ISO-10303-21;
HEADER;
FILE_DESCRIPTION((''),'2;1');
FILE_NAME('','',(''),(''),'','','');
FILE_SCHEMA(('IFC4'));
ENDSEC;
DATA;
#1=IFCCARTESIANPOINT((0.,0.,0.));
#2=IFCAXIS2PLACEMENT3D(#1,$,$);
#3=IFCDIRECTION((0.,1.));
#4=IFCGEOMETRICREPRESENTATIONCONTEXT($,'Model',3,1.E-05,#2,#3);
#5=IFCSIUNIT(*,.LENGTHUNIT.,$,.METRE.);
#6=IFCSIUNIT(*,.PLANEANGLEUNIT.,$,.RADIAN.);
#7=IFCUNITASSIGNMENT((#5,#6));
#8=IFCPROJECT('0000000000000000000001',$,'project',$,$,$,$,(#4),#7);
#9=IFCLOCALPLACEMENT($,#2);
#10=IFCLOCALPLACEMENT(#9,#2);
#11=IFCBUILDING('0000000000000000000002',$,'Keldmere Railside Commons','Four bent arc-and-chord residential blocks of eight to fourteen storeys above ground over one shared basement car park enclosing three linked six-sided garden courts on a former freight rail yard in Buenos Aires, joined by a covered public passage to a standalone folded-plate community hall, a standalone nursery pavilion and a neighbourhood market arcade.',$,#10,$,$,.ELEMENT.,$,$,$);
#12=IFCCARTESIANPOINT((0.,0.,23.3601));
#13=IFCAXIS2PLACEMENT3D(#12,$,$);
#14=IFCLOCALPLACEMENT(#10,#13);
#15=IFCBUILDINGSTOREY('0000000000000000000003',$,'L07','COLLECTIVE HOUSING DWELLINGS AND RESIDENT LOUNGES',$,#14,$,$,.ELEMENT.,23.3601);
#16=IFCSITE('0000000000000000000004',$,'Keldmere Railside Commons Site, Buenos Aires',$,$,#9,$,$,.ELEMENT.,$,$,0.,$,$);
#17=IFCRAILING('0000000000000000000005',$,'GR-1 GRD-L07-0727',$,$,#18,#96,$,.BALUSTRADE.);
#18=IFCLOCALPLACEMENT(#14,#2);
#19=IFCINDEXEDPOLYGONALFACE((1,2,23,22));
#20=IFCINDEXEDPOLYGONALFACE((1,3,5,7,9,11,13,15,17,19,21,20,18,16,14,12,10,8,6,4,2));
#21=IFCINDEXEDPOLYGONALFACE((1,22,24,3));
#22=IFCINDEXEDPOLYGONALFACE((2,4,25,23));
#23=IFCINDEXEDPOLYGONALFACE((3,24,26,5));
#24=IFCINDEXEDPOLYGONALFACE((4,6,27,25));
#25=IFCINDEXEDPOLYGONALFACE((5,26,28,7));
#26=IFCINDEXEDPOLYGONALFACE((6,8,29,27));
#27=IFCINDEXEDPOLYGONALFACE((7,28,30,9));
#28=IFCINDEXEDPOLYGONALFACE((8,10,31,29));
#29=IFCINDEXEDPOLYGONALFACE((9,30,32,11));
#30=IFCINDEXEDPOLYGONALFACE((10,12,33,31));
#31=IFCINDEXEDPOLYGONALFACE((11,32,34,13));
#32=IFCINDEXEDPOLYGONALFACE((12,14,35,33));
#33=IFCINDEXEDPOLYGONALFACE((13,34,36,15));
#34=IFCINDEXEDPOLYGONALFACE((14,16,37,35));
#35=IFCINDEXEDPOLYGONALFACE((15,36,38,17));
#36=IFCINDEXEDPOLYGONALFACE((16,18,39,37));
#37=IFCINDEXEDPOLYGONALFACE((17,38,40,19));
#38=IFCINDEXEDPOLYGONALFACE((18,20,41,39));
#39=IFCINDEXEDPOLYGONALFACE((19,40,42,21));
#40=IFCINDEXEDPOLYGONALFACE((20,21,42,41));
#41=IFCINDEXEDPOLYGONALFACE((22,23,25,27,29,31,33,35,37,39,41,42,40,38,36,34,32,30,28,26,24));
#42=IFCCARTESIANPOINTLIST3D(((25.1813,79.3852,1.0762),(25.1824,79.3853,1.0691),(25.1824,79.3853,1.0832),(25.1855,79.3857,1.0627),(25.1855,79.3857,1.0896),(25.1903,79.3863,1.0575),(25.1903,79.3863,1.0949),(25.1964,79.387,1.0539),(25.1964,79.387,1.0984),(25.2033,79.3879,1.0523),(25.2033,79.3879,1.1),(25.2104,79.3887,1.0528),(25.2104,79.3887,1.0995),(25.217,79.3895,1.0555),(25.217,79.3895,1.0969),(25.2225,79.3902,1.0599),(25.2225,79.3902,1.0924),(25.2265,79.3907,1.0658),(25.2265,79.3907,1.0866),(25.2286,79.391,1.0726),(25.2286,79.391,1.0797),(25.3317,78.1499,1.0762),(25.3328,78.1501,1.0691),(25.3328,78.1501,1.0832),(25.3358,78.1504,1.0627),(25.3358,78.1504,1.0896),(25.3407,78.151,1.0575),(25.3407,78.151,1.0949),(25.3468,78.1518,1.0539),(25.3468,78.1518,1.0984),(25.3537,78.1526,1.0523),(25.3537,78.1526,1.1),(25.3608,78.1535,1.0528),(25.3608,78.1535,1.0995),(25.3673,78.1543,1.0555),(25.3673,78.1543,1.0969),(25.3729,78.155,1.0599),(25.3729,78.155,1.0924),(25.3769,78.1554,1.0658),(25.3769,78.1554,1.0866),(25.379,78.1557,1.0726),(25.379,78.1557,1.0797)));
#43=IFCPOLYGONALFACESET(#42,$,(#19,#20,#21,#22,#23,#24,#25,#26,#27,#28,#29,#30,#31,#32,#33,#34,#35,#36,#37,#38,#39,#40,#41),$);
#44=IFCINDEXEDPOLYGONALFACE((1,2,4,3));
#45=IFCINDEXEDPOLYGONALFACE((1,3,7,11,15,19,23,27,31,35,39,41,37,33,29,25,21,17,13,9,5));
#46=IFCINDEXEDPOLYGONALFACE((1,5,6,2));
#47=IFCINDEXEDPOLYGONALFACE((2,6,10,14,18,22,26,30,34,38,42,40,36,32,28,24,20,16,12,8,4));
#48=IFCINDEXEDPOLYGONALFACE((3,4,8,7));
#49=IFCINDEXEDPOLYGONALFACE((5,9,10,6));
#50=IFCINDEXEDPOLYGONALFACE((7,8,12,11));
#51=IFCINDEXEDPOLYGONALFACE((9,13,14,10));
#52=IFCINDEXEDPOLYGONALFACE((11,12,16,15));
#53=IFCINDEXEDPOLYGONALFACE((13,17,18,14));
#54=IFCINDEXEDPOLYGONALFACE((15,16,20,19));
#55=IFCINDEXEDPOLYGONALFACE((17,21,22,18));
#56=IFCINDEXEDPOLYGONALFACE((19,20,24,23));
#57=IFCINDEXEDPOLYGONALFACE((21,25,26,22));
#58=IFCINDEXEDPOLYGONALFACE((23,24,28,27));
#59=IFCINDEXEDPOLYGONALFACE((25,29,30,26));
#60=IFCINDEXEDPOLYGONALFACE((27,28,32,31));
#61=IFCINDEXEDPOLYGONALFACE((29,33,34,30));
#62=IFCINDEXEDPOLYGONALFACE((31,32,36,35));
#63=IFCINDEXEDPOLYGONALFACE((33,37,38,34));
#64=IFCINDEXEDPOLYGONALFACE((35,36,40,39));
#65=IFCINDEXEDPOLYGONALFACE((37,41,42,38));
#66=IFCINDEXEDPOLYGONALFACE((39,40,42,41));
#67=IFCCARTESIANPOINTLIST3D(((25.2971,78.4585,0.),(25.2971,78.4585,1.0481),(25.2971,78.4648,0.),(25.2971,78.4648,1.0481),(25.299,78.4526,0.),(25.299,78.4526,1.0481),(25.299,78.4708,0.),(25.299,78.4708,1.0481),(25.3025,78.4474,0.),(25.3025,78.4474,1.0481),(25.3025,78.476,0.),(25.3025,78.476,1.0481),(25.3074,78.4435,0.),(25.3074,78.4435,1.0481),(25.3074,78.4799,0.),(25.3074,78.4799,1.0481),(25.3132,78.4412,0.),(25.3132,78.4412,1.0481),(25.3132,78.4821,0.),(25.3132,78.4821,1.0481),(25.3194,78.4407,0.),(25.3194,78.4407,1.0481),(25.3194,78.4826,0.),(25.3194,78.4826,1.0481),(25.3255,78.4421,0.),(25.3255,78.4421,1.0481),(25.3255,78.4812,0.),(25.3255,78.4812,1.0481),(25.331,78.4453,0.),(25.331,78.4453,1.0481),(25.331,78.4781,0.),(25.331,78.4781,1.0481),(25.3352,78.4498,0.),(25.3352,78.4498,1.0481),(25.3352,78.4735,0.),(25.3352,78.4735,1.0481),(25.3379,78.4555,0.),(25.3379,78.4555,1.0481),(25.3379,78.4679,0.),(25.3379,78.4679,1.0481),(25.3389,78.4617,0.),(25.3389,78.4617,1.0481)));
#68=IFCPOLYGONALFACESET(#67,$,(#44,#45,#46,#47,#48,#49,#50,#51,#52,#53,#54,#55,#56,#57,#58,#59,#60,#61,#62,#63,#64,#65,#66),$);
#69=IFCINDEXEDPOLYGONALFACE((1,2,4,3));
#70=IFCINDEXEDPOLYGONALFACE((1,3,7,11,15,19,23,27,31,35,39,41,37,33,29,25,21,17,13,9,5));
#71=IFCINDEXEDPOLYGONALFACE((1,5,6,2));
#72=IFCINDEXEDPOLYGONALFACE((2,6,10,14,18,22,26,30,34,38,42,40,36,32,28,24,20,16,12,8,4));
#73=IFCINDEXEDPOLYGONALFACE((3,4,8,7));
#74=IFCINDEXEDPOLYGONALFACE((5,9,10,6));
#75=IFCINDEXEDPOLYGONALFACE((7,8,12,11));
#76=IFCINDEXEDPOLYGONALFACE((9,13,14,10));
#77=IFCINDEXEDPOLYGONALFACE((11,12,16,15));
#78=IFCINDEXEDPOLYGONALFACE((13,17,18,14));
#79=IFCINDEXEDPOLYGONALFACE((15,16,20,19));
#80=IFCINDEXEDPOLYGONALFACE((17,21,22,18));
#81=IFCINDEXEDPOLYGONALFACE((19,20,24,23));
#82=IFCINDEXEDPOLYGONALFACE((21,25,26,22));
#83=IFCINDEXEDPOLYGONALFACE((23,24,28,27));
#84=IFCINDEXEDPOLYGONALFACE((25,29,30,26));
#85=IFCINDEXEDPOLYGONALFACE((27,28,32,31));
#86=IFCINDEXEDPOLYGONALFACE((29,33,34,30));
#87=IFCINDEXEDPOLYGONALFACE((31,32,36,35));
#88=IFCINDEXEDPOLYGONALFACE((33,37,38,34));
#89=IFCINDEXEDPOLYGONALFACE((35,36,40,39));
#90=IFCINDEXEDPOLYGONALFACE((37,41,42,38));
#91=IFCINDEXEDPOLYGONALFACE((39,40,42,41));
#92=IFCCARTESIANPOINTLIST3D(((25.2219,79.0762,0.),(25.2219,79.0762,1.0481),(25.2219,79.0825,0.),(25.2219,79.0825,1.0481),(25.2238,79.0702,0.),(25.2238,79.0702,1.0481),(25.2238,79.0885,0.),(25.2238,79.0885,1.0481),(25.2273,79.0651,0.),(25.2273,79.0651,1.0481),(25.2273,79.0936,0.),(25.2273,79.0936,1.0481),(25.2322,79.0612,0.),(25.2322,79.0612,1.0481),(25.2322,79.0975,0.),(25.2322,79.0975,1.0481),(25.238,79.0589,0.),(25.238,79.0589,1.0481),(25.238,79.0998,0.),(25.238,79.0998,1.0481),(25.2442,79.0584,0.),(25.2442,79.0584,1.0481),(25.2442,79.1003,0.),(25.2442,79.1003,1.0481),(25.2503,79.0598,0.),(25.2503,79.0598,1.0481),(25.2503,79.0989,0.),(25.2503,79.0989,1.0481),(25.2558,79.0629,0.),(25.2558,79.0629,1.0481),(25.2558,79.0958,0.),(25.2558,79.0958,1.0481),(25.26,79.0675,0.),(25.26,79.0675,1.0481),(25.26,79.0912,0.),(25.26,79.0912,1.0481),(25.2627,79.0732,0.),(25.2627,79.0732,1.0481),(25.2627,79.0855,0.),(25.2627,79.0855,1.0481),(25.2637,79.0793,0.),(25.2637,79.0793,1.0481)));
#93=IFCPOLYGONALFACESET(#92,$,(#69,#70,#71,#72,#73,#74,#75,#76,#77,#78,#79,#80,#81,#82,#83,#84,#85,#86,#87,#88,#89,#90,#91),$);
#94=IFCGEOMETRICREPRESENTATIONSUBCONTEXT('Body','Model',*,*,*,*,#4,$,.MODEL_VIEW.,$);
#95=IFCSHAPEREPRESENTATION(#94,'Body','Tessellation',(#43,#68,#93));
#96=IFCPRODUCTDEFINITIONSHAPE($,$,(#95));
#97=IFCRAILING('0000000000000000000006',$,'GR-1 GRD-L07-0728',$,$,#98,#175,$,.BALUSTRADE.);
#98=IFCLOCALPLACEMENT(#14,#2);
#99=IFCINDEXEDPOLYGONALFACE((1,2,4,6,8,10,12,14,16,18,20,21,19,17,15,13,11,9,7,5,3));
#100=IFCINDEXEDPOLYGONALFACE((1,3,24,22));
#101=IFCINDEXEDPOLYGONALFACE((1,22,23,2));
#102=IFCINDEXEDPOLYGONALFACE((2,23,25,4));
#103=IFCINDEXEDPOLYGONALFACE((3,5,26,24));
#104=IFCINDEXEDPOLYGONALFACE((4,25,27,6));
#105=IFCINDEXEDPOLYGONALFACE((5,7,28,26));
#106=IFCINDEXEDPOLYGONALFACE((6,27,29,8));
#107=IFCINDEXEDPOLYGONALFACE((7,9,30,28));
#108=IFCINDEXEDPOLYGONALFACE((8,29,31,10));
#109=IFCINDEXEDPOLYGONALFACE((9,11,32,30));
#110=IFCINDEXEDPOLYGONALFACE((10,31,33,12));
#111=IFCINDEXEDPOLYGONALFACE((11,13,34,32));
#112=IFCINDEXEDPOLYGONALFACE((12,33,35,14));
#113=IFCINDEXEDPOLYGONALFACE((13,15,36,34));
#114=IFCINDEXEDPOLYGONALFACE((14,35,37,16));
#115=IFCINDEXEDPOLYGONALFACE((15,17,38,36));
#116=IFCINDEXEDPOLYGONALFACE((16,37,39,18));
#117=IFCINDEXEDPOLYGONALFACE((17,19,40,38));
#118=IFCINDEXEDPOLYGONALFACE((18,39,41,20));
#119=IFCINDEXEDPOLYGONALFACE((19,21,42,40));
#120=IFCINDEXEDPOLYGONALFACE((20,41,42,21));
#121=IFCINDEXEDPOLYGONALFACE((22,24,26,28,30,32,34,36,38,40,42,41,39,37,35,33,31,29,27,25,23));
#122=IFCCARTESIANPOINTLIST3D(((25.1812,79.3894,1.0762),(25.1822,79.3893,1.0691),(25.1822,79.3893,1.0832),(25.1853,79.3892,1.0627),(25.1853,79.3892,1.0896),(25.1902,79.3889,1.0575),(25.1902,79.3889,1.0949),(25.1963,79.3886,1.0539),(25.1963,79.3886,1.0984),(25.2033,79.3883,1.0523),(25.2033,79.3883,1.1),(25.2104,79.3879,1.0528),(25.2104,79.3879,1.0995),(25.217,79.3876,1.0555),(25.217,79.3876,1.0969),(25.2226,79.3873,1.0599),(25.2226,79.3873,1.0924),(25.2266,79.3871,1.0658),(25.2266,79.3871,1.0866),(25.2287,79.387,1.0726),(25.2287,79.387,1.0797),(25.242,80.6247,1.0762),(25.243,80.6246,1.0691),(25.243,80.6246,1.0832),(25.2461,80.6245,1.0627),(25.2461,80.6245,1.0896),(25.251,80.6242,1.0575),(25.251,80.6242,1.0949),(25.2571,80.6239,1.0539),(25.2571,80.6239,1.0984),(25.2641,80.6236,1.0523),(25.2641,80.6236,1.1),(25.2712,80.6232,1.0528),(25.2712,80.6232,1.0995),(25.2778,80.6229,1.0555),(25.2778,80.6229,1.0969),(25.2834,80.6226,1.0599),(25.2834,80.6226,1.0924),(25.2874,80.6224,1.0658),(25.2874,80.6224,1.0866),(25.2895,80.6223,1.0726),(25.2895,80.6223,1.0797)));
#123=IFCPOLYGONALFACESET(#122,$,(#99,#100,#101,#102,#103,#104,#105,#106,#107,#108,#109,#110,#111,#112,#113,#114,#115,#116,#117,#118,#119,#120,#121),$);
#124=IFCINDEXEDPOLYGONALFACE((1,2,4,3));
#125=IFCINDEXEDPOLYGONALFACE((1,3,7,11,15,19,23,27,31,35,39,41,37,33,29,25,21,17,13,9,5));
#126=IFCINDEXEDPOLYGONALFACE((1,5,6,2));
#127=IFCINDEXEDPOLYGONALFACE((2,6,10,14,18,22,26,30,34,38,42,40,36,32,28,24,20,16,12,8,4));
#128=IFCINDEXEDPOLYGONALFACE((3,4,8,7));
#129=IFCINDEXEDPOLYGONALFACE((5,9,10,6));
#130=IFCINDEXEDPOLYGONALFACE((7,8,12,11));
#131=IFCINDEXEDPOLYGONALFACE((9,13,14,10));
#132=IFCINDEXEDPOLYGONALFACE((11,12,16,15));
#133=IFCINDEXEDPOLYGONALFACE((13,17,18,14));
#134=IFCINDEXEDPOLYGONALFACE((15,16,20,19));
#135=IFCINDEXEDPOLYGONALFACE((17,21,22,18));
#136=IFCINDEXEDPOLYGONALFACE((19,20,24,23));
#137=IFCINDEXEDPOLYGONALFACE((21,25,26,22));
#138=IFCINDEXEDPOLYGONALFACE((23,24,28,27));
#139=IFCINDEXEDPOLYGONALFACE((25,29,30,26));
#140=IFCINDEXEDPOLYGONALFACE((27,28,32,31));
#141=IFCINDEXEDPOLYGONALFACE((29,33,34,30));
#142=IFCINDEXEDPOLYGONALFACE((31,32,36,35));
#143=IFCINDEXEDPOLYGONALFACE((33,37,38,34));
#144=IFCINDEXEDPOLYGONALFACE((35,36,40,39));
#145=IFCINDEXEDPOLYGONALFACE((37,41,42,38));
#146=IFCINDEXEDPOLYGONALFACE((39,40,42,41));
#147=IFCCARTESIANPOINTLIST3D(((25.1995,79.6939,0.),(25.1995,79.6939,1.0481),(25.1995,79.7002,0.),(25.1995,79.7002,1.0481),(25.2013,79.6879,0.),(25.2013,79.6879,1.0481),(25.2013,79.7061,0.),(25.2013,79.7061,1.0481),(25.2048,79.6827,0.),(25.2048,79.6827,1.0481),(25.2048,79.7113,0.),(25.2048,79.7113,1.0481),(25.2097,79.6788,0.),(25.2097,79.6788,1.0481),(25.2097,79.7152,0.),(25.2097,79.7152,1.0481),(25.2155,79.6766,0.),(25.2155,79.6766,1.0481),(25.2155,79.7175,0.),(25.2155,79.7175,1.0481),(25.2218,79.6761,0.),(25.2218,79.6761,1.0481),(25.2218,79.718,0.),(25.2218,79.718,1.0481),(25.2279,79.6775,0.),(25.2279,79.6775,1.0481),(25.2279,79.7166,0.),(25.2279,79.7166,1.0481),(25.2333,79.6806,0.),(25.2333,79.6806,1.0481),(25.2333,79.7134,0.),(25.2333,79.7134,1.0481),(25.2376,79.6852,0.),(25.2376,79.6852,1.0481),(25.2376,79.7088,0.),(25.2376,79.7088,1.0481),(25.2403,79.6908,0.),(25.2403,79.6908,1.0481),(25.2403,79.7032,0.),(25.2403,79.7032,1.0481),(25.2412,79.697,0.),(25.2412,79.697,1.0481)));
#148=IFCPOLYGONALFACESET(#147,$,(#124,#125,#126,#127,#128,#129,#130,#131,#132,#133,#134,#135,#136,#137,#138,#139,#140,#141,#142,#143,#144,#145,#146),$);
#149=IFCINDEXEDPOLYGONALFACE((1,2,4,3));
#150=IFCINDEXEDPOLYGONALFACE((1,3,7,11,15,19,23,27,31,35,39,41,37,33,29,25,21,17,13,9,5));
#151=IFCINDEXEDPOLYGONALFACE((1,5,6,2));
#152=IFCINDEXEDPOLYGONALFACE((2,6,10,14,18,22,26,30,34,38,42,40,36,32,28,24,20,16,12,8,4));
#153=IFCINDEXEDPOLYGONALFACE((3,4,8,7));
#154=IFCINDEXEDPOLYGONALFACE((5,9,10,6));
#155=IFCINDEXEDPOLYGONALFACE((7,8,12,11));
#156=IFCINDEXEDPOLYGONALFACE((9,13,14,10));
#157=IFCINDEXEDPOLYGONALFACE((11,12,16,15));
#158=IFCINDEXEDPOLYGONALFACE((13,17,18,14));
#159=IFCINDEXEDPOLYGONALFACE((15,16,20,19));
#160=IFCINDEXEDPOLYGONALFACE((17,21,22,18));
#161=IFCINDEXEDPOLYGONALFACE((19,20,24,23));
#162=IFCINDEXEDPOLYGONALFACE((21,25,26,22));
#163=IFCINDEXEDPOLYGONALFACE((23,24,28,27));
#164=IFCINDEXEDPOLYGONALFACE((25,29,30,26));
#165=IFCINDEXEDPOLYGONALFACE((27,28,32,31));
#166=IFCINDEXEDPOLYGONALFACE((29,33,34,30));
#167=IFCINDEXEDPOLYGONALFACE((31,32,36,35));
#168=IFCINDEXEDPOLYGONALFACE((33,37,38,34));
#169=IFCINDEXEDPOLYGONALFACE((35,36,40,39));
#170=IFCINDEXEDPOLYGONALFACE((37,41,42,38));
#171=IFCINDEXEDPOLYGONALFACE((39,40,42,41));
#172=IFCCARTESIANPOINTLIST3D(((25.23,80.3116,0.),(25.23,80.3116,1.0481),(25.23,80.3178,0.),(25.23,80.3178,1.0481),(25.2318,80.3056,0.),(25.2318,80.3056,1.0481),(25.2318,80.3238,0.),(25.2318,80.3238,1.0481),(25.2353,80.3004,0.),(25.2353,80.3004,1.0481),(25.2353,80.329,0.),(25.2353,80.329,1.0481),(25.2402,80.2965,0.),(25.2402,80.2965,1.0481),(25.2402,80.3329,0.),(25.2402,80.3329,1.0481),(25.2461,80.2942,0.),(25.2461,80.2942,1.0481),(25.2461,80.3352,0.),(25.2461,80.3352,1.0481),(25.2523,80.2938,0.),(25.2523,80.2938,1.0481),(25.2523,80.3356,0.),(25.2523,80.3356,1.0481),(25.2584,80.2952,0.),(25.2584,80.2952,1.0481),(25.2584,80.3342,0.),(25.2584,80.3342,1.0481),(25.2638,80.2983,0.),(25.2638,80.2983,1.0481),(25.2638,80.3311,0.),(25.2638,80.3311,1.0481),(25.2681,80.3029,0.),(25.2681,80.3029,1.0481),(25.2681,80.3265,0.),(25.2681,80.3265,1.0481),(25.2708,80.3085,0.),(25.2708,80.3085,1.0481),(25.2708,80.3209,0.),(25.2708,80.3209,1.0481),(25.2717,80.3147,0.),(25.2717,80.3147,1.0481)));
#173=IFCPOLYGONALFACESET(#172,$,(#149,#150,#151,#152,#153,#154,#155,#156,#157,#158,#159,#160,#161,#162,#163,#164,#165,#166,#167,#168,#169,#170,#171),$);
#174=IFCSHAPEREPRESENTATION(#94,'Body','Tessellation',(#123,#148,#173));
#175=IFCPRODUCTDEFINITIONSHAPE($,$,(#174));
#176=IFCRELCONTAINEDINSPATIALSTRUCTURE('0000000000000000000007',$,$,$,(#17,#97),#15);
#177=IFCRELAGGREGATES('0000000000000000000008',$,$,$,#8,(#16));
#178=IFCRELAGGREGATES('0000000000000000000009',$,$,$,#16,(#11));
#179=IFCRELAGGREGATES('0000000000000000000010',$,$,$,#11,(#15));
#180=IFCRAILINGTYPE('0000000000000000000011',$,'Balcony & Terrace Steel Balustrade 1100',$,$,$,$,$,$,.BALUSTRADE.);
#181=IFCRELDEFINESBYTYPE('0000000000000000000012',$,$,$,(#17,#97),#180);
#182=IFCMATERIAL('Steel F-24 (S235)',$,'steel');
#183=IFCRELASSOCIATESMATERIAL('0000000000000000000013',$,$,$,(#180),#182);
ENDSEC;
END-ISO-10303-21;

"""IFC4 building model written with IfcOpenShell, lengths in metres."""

from ifc_helpers import new_model, si_unit, direction, frame, origin, origin_2d, place, context, subcontext, project, spatial, circle, extrude, material, type_object, element, save


model = new_model("IFC4")

# Units and contexts
model_context = context("Model", 3, precision=1e-05, world=origin(), true_north=direction((0.0, 1.0)))
body_context = subcontext(model_context, "Body", "Model", "MODEL_VIEW")
ifc_project = project(units=[si_unit("LENGTHUNIT", "METRE"), si_unit("PLANEANGLEUNIT", "RADIAN")], contexts=[model_context])

# Site, building, storey
site_placement = place(None, origin())
site = spatial("IfcSite", under=ifc_project, at=site_placement, Name="Keldmere Railside Commons Site, Buenos Aires", CompositionType="ELEMENT", RefElevation=0.0)
building_placement = place(site_placement, origin())
building = spatial("IfcBuilding", under=site, at=building_placement, Name="Keldmere Railside Commons", Description="Four bent arc-and-chord residential blocks of eight to fourteen storeys above ground over one shared basement car park enclosing three linked six-sided garden courts on a former freight rail yard in Buenos Aires, joined by a covered public passage to a standalone folded-plate community hall, a standalone nursery pavilion and a neighbourhood market arcade.", CompositionType="ELEMENT")
storey_placement = place(building_placement, frame((0.0, 0.0, 23.3601)))
storey = spatial("IfcBuildingStorey", under=building, at=storey_placement, Name="L07", Description="COLLECTIVE HOUSING DWELLINGS AND RESIDENT LOUNGES", CompositionType="ELEMENT", Elevation=23.3601)

# Railings
ifc_material_1 = material(Name="Steel F-24 (S235)", Category="steel")
railing_type = type_object("IfcRailingType", Name="Balcony & Terrace Steel Balustrade 1100", PredefinedType="BALUSTRADE", material=ifc_material_1)
railing_1_placement = place(storey_placement, frame((25.3555, 78.1528, 0.0)))
element("IfcRailing", 1, at=railing_1_placement, inside=storey, type_object=railing_type, Name="GR-1 GRD-L07-0727", PredefinedType="BALUSTRADE", context=body_context, shape_type="SweptSolid", body=[
    extrude(circle(Radius=0.0239, at=origin_2d()), frame((0.0, 0.0, 1.0762), z_axis=(-0.120847, 0.992671, 0.0), x_axis=(-0.992671, -0.120847, 0.0)), (0.0, 0.0, 1.0), 1.2444),
    extrude(circle(Radius=0.021, at=origin_2d()), frame((-0.0376, 0.3088, 0.0)), (0.0, 0.0, 1.0), 1.0481),
    extrude(circle(Radius=0.021, at=origin_2d()), frame((-0.1128, 0.9265, 0.0)), (0.0, 0.0, 1.0), 1.0481),
])
railing_2_placement = place(storey_placement, frame((25.2051, 79.3882, 0.0)))
element("IfcRailing", 2, at=railing_2_placement, inside=storey, type_object=railing_type, Name="GR-1 GRD-L07-0728", PredefinedType="BALUSTRADE", context=body_context, shape_type="SweptSolid", body=[
    extrude(circle(Radius=0.0239, at=origin_2d()), frame((0.0, 0.0, 1.0762), z_axis=(0.04915, 0.998791, 0.0), x_axis=(-0.998791, 0.04915, 0.0)), (0.0, 0.0, 1.0), 1.2368),
    extrude(circle(Radius=0.021, at=origin_2d()), frame((0.0151, 0.3088, 0.0)), (0.0, 0.0, 1.0), 1.0481),
    extrude(circle(Radius=0.021, at=origin_2d()), frame((0.0457, 0.9265, 0.0)), (0.0, 0.0, 1.0), 1.0481),
])

save(model, "model.ifc")
